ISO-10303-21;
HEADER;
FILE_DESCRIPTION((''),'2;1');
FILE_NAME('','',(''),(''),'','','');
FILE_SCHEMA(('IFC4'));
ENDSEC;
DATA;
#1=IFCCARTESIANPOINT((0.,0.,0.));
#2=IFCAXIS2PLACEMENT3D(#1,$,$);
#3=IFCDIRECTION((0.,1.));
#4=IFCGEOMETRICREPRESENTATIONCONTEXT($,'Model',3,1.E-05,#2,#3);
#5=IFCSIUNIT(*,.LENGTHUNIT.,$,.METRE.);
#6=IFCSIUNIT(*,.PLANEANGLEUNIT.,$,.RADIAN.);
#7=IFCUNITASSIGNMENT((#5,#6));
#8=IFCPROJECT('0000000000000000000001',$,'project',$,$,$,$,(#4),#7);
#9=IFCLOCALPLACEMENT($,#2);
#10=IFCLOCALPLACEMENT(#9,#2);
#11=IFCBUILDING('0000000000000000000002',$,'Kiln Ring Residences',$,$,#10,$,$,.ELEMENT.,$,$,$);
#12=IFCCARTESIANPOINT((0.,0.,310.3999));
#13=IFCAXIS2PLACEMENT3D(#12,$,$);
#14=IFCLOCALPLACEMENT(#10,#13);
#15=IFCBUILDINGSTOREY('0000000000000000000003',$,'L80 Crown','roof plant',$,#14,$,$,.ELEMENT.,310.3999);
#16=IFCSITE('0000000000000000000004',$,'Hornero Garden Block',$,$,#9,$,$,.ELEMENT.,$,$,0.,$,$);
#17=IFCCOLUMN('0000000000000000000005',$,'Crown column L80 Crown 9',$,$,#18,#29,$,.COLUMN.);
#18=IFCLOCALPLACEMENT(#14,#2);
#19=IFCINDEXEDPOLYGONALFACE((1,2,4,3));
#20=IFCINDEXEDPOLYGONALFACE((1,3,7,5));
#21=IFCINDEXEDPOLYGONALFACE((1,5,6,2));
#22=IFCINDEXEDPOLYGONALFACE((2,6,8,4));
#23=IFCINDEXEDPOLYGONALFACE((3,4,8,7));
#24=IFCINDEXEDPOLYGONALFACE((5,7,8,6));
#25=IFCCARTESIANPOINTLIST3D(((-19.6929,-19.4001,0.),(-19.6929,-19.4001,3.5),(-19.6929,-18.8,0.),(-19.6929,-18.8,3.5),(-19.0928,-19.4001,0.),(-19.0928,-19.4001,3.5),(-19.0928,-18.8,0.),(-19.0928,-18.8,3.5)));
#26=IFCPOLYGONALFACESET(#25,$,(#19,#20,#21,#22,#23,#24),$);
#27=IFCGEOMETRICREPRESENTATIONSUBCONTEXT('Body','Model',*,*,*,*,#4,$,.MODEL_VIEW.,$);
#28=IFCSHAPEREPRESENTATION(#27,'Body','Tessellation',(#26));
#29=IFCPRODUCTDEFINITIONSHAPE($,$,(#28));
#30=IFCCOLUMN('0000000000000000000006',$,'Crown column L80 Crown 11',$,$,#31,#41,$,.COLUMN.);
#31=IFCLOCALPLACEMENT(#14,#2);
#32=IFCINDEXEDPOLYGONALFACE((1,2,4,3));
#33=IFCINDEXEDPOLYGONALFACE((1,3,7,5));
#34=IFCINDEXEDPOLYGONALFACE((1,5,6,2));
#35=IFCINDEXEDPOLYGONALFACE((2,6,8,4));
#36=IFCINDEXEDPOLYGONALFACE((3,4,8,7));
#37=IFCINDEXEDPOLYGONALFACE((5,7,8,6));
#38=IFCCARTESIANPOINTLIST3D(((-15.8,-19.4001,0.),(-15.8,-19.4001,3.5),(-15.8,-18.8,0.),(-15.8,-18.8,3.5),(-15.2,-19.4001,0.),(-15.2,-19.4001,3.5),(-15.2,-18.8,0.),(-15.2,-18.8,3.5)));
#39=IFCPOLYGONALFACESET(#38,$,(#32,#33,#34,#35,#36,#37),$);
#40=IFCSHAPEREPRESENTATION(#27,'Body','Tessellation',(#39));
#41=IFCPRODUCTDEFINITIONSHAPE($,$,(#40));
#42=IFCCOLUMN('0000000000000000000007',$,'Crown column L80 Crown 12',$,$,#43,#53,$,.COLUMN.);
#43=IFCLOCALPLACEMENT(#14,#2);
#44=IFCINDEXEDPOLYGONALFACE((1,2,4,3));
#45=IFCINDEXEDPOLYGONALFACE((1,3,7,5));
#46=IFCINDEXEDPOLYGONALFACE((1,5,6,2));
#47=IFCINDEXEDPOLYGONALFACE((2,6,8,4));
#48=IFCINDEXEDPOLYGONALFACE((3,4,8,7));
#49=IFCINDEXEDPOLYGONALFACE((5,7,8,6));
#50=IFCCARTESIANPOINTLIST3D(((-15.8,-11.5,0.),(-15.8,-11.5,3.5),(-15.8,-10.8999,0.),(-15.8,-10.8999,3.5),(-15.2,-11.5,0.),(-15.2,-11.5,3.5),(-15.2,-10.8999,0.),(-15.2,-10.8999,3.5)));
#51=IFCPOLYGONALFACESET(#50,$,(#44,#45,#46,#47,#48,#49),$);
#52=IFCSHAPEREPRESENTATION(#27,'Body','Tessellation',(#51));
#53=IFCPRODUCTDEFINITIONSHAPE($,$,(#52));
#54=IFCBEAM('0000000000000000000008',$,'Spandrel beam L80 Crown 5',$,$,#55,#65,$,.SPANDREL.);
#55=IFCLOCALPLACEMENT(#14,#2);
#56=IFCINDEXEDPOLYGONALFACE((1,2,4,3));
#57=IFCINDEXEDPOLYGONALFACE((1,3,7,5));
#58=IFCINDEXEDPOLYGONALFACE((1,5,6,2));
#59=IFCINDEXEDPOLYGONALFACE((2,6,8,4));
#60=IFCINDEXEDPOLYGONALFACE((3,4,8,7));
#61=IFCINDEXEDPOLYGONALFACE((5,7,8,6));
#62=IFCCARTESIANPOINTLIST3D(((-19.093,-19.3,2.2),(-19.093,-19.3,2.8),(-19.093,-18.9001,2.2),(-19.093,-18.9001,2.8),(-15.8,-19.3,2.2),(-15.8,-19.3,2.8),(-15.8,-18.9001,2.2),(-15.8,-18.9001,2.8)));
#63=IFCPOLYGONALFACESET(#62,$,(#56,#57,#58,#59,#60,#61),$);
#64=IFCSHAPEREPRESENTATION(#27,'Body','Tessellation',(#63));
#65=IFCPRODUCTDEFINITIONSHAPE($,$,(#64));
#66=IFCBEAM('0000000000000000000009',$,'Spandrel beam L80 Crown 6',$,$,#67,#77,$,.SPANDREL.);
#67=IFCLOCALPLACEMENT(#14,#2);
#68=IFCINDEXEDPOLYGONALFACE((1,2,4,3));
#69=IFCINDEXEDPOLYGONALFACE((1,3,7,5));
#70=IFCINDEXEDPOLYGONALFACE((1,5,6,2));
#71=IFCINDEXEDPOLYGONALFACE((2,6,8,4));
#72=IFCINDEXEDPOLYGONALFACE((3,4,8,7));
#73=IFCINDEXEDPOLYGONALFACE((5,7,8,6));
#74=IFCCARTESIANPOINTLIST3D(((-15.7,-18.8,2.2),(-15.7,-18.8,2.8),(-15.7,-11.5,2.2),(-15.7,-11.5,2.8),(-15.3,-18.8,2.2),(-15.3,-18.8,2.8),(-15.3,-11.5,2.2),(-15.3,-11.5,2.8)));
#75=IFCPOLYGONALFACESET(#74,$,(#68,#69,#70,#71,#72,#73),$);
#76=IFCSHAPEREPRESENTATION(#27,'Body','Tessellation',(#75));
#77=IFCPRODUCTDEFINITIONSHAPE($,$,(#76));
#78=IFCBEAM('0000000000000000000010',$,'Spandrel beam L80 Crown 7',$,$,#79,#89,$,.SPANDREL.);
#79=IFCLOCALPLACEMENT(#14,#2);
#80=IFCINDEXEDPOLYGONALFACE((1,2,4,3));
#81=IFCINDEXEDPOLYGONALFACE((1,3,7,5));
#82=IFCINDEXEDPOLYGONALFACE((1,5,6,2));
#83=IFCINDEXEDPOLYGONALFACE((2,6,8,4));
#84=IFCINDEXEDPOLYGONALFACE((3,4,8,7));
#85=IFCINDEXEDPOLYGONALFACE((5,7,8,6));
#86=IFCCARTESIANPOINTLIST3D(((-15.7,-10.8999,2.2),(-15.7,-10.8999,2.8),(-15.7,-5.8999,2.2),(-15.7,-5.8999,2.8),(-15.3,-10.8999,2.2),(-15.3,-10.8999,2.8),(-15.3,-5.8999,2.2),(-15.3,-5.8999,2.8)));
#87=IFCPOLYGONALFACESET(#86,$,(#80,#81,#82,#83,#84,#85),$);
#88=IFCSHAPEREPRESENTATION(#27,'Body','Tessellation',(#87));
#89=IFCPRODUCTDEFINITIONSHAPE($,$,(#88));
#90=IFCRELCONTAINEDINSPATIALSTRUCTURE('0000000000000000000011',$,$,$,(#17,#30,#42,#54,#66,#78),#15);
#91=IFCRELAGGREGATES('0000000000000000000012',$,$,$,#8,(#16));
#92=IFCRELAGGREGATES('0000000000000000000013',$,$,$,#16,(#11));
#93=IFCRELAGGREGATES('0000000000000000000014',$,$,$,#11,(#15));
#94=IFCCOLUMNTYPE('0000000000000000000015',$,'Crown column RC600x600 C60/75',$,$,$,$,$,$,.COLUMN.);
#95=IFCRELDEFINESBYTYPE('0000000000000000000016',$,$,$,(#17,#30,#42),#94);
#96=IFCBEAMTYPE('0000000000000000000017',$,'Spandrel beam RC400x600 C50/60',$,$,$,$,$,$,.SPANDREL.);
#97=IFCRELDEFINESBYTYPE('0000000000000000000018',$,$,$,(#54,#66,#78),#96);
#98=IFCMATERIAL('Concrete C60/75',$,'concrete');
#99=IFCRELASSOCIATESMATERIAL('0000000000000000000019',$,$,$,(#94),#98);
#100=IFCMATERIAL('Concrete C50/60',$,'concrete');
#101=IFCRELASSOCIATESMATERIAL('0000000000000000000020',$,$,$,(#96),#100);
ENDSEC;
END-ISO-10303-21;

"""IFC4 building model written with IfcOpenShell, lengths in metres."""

from ifc_helpers import new_model, si_unit, direction, frame, origin, origin_2d, place, context, subcontext, project, spatial, rectangle, extrude, material, material_profile, profile_set, type_object, element, save


model = new_model("IFC4")

# Units and contexts
model_context = context("Model", 3, precision=1e-05, world=origin(), true_north=direction((0.0, 1.0)))
body_context = subcontext(model_context, "Body", "Model", "MODEL_VIEW")
ifc_project = project(units=[si_unit("LENGTHUNIT", "METRE"), si_unit("PLANEANGLEUNIT", "RADIAN")], contexts=[model_context])

# Site, building, storey
site_placement = place(None, origin())
site = spatial("IfcSite", under=ifc_project, at=site_placement, Name="Hornero Garden Block", CompositionType="ELEMENT", RefElevation=0.0)
building_placement = place(site_placement, origin())
building = spatial("IfcBuilding", under=site, at=building_placement, Name="Kiln Ring Residences", CompositionType="ELEMENT")
storey_placement = place(building_placement, frame((0.0, 0.0, 310.3999)))
storey = spatial("IfcBuildingStorey", under=building, at=storey_placement, Name="L80 Crown", Description="roof plant", CompositionType="ELEMENT", Elevation=310.3999)

# Columns
ifc_material_1 = material(Name="Concrete C60/75", Category="concrete")
ifc_material_profile_1 = material_profile(ifc_material_1, rectangle(XDim=0.6001, YDim=0.6001, at=origin_2d()), Name="RC600x600")
ifc_profile_set_1 = profile_set([ifc_material_profile_1], Name="Concrete C60/75")
column_type = type_object("IfcColumnType", Name="Crown column RC600x600 C60/75", PredefinedType="COLUMN", material=ifc_profile_set_1)
for number, where, z_axis, x_axis, name in (
    (1, (-19.3928, -19.1001, 0.0), (0.0, 0.0, 1.0), (1.0, 0.0, 0.0), "Crown column L80 Crown 9"),
    (2, (-15.5, -19.1001, 0.0), (0.0, 0.0, 1.0), (1.0, 0.0, 0.0), "Crown column L80 Crown 11"),
    (3, (-15.5, -11.2, 0.0), (0.0, 0.0, 1.0), (1.0, 0.0, 0.0), "Crown column L80 Crown 12"),
):
    element("IfcColumn", number, at=place(storey_placement, frame(where, z_axis=z_axis, x_axis=x_axis)), inside=storey, type_object=column_type, Name=name, PredefinedType="COLUMN", context=body_context, shape_type="SweptSolid", body=[
        extrude(rectangle(XDim=0.6001, YDim=0.6001, at=origin_2d()), origin(), (0.0, 0.0, 1.0), 3.5),
    ])

# Beams
ifc_material_2 = material(Name="Concrete C50/60", Category="concrete")
ifc_material_profile_2 = material_profile(ifc_material_2, rectangle(XDim=0.3999, YDim=0.6001, at=origin_2d()), Name="RC400x600")
ifc_profile_set_2 = profile_set([ifc_material_profile_2], Name="Concrete C50/60")
beam_type = type_object("IfcBeamType", Name="Spandrel beam RC400x600 C50/60", PredefinedType="SPANDREL", material=ifc_profile_set_2)
beam_1_placement = place(storey_placement, frame((-19.093, -19.1001, 2.5), z_axis=(1.0, 0.0, 0.0), x_axis=(0.0, 1.0, 0.0)))
element("IfcBeam", 4, at=beam_1_placement, inside=storey, type_object=beam_type, Name="Spandrel beam L80 Crown 5", PredefinedType="SPANDREL", context=body_context, shape_type="SweptSolid", body=[
    extrude(rectangle(XDim=0.3999, YDim=0.6001, at=origin_2d()), origin(), (0.0, 0.0, 1.0), 3.293),
])
beam_2_placement = place(storey_placement, frame((-15.5, -18.8, 2.5), z_axis=(0.0, 1.0, 0.0), x_axis=(-1.0, 0.0, 0.0)))
element("IfcBeam", 5, at=beam_2_placement, inside=storey, type_object=beam_type, Name="Spandrel beam L80 Crown 6", PredefinedType="SPANDREL", context=body_context, shape_type="SweptSolid", body=[
    extrude(rectangle(XDim=0.3999, YDim=0.6001, at=origin_2d()), origin(), (0.0, 0.0, 1.0), 7.3),
])
beam_3_placement = place(storey_placement, frame((-15.5, -10.8999, 2.5), z_axis=(0.0, 1.0, 0.0), x_axis=(-1.0, 0.0, 0.0)))
element("IfcBeam", 6, at=beam_3_placement, inside=storey, type_object=beam_type, Name="Spandrel beam L80 Crown 7", PredefinedType="SPANDREL", context=body_context, shape_type="SweptSolid", body=[
    extrude(rectangle(XDim=0.3999, YDim=0.6001, at=origin_2d()), origin(), (0.0, 0.0, 1.0), 5.0),
])

save(model, "model.ifc")
